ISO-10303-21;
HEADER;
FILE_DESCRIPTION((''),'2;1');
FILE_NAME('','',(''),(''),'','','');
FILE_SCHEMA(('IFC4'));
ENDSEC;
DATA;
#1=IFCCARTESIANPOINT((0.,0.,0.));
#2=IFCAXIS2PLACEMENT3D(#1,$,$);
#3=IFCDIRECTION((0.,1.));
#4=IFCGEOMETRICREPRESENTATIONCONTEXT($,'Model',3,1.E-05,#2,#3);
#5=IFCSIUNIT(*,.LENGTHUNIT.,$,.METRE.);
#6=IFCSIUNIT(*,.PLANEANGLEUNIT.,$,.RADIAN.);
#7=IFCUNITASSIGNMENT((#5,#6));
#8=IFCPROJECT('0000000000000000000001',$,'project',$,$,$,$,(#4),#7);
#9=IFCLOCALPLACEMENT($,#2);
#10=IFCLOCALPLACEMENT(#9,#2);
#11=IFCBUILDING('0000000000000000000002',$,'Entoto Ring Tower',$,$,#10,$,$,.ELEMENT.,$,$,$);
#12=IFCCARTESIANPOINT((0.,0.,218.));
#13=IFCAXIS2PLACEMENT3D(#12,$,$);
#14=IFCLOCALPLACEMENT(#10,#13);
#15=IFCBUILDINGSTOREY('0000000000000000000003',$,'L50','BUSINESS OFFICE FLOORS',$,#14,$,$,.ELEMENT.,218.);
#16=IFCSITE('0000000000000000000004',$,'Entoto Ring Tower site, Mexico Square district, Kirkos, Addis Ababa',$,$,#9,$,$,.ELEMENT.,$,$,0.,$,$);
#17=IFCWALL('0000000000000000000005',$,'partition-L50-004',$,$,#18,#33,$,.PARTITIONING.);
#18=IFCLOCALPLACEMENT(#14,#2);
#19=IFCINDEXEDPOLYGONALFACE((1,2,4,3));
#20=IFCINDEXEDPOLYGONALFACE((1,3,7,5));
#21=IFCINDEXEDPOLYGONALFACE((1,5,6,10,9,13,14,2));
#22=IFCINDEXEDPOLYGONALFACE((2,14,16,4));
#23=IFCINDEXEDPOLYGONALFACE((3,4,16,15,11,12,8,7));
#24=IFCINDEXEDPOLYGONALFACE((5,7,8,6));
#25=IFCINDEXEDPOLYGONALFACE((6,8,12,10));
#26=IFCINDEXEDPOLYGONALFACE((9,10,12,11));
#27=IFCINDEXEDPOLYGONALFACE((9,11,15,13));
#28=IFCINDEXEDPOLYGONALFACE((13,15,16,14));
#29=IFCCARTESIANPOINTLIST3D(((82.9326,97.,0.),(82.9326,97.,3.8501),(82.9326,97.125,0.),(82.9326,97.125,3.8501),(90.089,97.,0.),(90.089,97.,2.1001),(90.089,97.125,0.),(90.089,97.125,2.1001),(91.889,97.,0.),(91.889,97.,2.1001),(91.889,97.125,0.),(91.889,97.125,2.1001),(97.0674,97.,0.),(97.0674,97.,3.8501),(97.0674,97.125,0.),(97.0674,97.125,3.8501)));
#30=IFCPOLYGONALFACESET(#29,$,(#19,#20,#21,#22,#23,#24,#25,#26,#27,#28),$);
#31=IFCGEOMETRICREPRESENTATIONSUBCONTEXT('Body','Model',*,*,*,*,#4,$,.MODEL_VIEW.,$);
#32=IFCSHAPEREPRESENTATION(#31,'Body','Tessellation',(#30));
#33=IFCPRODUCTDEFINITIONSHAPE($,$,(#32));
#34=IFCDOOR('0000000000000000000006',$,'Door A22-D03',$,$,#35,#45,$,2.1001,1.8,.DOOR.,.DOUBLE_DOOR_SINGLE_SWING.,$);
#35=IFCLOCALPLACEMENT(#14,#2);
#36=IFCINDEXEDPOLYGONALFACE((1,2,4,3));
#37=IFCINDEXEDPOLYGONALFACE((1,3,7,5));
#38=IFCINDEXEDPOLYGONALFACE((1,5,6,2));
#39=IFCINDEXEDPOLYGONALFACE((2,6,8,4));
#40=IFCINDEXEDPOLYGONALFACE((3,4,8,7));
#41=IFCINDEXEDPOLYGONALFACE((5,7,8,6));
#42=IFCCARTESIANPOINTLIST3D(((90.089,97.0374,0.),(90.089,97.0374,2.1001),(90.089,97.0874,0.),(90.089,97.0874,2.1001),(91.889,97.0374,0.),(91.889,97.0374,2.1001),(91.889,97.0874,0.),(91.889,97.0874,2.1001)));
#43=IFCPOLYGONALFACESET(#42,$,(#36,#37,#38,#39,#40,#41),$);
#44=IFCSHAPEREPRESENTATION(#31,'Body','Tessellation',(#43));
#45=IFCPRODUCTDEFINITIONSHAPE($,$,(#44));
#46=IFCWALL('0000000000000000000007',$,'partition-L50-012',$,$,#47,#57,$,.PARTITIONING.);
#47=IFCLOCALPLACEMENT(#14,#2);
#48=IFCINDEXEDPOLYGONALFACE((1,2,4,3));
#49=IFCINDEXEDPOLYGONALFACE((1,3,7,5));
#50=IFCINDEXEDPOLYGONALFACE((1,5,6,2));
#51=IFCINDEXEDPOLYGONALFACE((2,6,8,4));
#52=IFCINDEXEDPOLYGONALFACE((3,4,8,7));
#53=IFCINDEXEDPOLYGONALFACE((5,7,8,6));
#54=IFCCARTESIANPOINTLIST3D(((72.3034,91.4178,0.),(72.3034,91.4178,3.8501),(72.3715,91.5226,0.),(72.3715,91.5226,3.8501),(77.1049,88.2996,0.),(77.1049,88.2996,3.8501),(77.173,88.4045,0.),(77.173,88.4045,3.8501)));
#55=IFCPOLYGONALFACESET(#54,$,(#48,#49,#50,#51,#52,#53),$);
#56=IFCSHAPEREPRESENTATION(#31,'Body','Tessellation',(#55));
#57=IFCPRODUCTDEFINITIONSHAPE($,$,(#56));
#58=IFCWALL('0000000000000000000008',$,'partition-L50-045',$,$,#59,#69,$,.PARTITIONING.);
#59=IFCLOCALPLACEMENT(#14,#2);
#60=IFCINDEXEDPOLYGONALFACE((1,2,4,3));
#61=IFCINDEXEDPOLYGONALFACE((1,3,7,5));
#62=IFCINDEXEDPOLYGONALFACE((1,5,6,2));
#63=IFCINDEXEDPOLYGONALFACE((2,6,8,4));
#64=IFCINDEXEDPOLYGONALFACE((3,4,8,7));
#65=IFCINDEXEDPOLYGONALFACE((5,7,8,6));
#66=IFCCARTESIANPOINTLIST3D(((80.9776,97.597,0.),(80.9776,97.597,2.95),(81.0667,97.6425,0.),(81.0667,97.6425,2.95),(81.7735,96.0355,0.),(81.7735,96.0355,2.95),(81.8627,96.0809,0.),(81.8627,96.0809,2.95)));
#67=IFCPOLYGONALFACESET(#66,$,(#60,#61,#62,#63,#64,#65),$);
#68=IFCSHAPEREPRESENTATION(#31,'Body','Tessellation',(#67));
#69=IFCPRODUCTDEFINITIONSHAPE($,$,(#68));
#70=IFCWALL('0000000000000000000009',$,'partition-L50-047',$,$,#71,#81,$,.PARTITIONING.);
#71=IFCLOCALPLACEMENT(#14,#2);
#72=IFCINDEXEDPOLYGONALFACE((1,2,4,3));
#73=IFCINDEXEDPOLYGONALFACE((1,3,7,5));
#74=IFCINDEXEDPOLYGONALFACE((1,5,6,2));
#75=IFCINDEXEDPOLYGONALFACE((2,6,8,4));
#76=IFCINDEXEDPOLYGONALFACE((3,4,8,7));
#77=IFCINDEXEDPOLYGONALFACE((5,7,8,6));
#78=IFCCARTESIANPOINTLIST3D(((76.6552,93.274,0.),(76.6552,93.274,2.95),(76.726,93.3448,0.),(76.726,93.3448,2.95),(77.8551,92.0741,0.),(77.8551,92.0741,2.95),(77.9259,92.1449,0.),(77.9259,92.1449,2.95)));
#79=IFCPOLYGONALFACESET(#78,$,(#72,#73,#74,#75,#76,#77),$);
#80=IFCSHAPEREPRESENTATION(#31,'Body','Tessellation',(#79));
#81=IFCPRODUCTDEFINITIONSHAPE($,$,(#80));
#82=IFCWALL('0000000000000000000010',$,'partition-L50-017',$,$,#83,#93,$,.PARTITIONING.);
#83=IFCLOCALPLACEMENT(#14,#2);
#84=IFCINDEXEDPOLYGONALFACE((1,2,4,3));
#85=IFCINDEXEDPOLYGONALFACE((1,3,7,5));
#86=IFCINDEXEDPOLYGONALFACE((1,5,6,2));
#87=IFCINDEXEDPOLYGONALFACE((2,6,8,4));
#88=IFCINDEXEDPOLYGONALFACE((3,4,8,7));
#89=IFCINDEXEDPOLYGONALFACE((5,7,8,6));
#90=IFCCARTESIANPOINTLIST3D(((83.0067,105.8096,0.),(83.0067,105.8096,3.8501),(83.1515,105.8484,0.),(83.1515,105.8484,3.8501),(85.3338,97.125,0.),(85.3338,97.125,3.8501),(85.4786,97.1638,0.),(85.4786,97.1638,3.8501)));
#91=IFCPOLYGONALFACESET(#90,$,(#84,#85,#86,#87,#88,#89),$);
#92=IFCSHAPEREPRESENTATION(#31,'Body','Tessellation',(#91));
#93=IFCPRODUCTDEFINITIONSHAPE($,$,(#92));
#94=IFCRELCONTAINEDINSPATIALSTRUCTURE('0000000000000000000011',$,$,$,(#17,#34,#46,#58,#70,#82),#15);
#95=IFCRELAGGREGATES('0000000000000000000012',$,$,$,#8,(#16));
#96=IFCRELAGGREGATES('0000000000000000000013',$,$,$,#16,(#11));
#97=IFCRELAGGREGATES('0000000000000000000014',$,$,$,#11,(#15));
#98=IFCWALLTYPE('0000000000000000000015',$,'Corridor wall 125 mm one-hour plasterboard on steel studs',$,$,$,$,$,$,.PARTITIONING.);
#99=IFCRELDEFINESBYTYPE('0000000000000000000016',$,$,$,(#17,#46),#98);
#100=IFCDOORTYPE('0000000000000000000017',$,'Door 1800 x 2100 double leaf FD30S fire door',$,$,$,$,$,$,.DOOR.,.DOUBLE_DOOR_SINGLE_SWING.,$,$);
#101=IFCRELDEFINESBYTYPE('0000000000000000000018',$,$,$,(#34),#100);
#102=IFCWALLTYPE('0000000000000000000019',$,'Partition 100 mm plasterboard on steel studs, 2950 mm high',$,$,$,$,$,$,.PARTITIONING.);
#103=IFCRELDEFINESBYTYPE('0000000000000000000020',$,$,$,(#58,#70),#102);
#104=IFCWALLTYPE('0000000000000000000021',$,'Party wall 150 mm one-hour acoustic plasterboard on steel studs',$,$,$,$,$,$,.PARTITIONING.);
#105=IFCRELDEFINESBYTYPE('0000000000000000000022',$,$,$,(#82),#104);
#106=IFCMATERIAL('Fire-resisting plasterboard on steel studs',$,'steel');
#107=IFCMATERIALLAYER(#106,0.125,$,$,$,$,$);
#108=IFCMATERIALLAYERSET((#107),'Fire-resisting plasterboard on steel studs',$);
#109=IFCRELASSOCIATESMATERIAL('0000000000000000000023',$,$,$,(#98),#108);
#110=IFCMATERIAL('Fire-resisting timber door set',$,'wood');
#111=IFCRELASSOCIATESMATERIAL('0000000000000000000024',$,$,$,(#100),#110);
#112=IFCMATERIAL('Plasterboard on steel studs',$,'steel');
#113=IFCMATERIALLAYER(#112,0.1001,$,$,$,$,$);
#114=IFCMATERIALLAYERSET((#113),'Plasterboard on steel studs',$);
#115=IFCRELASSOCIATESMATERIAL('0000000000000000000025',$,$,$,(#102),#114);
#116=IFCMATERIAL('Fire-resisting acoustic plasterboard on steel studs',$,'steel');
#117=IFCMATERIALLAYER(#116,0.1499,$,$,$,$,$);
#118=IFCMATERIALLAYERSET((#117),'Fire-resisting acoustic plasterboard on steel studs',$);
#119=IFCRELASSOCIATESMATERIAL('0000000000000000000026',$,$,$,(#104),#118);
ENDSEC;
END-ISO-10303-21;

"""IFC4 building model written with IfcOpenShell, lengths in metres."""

from ifc_helpers import new_model, si_unit, direction, frame, frame_2d, origin, place, context, subcontext, project, spatial, rectangle, extrude, material, layer, layer_set, type_object, element, fill, save


model = new_model("IFC4")

# Units and contexts
model_context = context("Model", 3, precision=1e-05, world=origin(), true_north=direction((0.0, 1.0)))
body_context = subcontext(model_context, "Body", "Model", "MODEL_VIEW")
ifc_project = project(units=[si_unit("LENGTHUNIT", "METRE"), si_unit("PLANEANGLEUNIT", "RADIAN")], contexts=[model_context])

# Site, building, storey
site_placement = place(None, origin())
site = spatial("IfcSite", under=ifc_project, at=site_placement, Name="Entoto Ring Tower site, Mexico Square district, Kirkos, Addis Ababa", CompositionType="ELEMENT", RefElevation=0.0)
building_placement = place(site_placement, origin())
building = spatial("IfcBuilding", under=site, at=building_placement, Name="Entoto Ring Tower", CompositionType="ELEMENT")
storey_placement = place(building_placement, frame((0.0, 0.0, 218.0)))
storey = spatial("IfcBuildingStorey", under=building, at=storey_placement, Name="L50", Description="BUSINESS OFFICE FLOORS", CompositionType="ELEMENT", Elevation=218.0)

# Wall, opening, door
ifc_material_1 = material(Name="Fire-resisting plasterboard on steel studs", Category="steel")
ifc_layer_1 = layer(ifc_material_1, 0.125)
ifc_layer_set_1 = layer_set([ifc_layer_1], Name="Fire-resisting plasterboard on steel studs")
wall_type_1 = type_object("IfcWallType", Name="Corridor wall 125 mm one-hour plasterboard on steel studs", PredefinedType="PARTITIONING", material=ifc_layer_set_1)
wall_1_placement = place(storey_placement, frame((82.9326, 97.0625, 0.0), z_axis=(0.0, 0.0, 1.0), x_axis=(1.0, 0.0, 0.0)))
wall_1 = element("IfcWall", 1, at=wall_1_placement, inside=storey, type_object=wall_type_1, Name="partition-L50-004", PredefinedType="PARTITIONING", context=body_context, shape_type="SweptSolid", body=[
    extrude(rectangle(XDim=14.1348, YDim=0.125, at=frame_2d((7.0674, 0.0))), origin(), (0.0, 0.0, 1.0), 3.8501),
])
opening_1_placement = place(wall_1_placement, frame((7.1565, 0.0, 0.0)))
opening_1 = element("IfcOpeningElement", 2, at=opening_1_placement, cuts=wall_1, PredefinedType="OPENING", context=body_context, shape_type="SweptSolid", body=[
    extrude(rectangle(XDim=1.8, YDim=2.1001, at=frame_2d((0.8999, 1.05))), frame((0.0, 0.0725, 0.0), z_axis=(0.0, -1.0, 0.0), x_axis=(1.0, 0.0, 0.0)), (0.0, 0.0, 1.0), 0.145),
])
ifc_material_2 = material(Name="Fire-resisting timber door set", Category="wood")
door_type_1 = type_object("IfcDoorType", Name="Door 1800 x 2100 double leaf FD30S fire door", OperationType="DOUBLE_DOOR_SINGLE_SWING", PredefinedType="DOOR", material=ifc_material_2)
door_1_placement = place(opening_1_placement, origin())
door_1 = element("IfcDoor", 3, at=door_1_placement, inside=storey, type_object=door_type_1, Name="Door A22-D03", OperationType="DOUBLE_DOOR_SINGLE_SWING", OverallHeight=2.1001, OverallWidth=1.8, PredefinedType="DOOR", context=body_context, shape_type="SweptSolid", body=[
    extrude(rectangle(XDim=1.8, YDim=2.1001, at=frame_2d((0.8999, 1.05))), frame((0.0, 0.0249, 0.0), z_axis=(0.0, -1.0, 0.0), x_axis=(1.0, 0.0, 0.0)), (0.0, 0.0, 1.0), 0.05),
])
fill(opening_1, door_1)

# Walls
wall_2_placement = place(storey_placement, frame((77.1389, 88.3521, 0.0), z_axis=(0.0, 0.0, 1.0), x_axis=(-0.838669, 0.544642, 0.0)))
element("IfcWall", 4, at=wall_2_placement, inside=storey, type_object=wall_type_1, Name="partition-L50-012", PredefinedType="PARTITIONING", context=body_context, shape_type="SweptSolid", body=[
    extrude(rectangle(XDim=5.7251, YDim=0.125, at=frame_2d((2.8625, 0.0))), origin(), (0.0, 0.0, 1.0), 3.8501),
])
ifc_material_3 = material(Name="Plasterboard on steel studs", Category="steel")
ifc_layer_2 = layer(ifc_material_3, 0.1001)
ifc_layer_set_2 = layer_set([ifc_layer_2], Name="Plasterboard on steel studs")
wall_type_2 = type_object("IfcWallType", Name="Partition 100 mm plasterboard on steel studs, 2950 mm high", PredefinedType="PARTITIONING", material=ifc_layer_set_2)
wall_3_placement = place(storey_placement, frame((81.8181, 96.0581, 0.0), z_axis=(0.0, 0.0, 1.0), x_axis=(-0.454109, 0.890946, 0.0)))
element("IfcWall", 5, at=wall_3_placement, inside=storey, type_object=wall_type_2, Name="partition-L50-045", PredefinedType="PARTITIONING", context=body_context, shape_type="SweptSolid", body=[
    extrude(rectangle(XDim=1.7527, YDim=0.1001, at=frame_2d((0.8765, 0.0))), origin(), (0.0, 0.0, 1.0), 2.95),
])
wall_4_placement = place(storey_placement, frame((77.8906, 92.1094, 0.0), z_axis=(0.0, 0.0, 1.0), x_axis=(-0.707107, 0.707107, 0.0)))
element("IfcWall", 6, at=wall_4_placement, inside=storey, type_object=wall_type_2, Name="partition-L50-047", PredefinedType="PARTITIONING", context=body_context, shape_type="SweptSolid", body=[
    extrude(rectangle(XDim=1.697, YDim=0.1001, at=frame_2d((0.8486, 0.0))), origin(), (0.0, 0.0, 1.0), 2.95),
])
ifc_material_4 = material(Name="Fire-resisting acoustic plasterboard on steel studs", Category="steel")
ifc_layer_3 = layer(ifc_material_4, 0.1499)
ifc_layer_set_3 = layer_set([ifc_layer_3], Name="Fire-resisting acoustic plasterboard on steel studs")
wall_type_3 = type_object("IfcWallType", Name="Party wall 150 mm one-hour acoustic plasterboard on steel studs", PredefinedType="PARTITIONING", material=ifc_layer_set_3)
wall_5_placement = place(storey_placement, frame((85.4062, 97.1443, 0.0), z_axis=(0.0, 0.0, 1.0), x_axis=(-0.258832, 0.965922, 0.0)))
element("IfcWall", 7, at=wall_5_placement, inside=storey, type_object=wall_type_3, Name="partition-L50-017", PredefinedType="PARTITIONING", context=body_context, shape_type="SweptSolid", body=[
    extrude(rectangle(XDim=8.991, YDim=0.1499, at=frame_2d((4.4956, 0.0))), origin(), (0.0, 0.0, 1.0), 3.8501),
])

save(model, "model.ifc")
